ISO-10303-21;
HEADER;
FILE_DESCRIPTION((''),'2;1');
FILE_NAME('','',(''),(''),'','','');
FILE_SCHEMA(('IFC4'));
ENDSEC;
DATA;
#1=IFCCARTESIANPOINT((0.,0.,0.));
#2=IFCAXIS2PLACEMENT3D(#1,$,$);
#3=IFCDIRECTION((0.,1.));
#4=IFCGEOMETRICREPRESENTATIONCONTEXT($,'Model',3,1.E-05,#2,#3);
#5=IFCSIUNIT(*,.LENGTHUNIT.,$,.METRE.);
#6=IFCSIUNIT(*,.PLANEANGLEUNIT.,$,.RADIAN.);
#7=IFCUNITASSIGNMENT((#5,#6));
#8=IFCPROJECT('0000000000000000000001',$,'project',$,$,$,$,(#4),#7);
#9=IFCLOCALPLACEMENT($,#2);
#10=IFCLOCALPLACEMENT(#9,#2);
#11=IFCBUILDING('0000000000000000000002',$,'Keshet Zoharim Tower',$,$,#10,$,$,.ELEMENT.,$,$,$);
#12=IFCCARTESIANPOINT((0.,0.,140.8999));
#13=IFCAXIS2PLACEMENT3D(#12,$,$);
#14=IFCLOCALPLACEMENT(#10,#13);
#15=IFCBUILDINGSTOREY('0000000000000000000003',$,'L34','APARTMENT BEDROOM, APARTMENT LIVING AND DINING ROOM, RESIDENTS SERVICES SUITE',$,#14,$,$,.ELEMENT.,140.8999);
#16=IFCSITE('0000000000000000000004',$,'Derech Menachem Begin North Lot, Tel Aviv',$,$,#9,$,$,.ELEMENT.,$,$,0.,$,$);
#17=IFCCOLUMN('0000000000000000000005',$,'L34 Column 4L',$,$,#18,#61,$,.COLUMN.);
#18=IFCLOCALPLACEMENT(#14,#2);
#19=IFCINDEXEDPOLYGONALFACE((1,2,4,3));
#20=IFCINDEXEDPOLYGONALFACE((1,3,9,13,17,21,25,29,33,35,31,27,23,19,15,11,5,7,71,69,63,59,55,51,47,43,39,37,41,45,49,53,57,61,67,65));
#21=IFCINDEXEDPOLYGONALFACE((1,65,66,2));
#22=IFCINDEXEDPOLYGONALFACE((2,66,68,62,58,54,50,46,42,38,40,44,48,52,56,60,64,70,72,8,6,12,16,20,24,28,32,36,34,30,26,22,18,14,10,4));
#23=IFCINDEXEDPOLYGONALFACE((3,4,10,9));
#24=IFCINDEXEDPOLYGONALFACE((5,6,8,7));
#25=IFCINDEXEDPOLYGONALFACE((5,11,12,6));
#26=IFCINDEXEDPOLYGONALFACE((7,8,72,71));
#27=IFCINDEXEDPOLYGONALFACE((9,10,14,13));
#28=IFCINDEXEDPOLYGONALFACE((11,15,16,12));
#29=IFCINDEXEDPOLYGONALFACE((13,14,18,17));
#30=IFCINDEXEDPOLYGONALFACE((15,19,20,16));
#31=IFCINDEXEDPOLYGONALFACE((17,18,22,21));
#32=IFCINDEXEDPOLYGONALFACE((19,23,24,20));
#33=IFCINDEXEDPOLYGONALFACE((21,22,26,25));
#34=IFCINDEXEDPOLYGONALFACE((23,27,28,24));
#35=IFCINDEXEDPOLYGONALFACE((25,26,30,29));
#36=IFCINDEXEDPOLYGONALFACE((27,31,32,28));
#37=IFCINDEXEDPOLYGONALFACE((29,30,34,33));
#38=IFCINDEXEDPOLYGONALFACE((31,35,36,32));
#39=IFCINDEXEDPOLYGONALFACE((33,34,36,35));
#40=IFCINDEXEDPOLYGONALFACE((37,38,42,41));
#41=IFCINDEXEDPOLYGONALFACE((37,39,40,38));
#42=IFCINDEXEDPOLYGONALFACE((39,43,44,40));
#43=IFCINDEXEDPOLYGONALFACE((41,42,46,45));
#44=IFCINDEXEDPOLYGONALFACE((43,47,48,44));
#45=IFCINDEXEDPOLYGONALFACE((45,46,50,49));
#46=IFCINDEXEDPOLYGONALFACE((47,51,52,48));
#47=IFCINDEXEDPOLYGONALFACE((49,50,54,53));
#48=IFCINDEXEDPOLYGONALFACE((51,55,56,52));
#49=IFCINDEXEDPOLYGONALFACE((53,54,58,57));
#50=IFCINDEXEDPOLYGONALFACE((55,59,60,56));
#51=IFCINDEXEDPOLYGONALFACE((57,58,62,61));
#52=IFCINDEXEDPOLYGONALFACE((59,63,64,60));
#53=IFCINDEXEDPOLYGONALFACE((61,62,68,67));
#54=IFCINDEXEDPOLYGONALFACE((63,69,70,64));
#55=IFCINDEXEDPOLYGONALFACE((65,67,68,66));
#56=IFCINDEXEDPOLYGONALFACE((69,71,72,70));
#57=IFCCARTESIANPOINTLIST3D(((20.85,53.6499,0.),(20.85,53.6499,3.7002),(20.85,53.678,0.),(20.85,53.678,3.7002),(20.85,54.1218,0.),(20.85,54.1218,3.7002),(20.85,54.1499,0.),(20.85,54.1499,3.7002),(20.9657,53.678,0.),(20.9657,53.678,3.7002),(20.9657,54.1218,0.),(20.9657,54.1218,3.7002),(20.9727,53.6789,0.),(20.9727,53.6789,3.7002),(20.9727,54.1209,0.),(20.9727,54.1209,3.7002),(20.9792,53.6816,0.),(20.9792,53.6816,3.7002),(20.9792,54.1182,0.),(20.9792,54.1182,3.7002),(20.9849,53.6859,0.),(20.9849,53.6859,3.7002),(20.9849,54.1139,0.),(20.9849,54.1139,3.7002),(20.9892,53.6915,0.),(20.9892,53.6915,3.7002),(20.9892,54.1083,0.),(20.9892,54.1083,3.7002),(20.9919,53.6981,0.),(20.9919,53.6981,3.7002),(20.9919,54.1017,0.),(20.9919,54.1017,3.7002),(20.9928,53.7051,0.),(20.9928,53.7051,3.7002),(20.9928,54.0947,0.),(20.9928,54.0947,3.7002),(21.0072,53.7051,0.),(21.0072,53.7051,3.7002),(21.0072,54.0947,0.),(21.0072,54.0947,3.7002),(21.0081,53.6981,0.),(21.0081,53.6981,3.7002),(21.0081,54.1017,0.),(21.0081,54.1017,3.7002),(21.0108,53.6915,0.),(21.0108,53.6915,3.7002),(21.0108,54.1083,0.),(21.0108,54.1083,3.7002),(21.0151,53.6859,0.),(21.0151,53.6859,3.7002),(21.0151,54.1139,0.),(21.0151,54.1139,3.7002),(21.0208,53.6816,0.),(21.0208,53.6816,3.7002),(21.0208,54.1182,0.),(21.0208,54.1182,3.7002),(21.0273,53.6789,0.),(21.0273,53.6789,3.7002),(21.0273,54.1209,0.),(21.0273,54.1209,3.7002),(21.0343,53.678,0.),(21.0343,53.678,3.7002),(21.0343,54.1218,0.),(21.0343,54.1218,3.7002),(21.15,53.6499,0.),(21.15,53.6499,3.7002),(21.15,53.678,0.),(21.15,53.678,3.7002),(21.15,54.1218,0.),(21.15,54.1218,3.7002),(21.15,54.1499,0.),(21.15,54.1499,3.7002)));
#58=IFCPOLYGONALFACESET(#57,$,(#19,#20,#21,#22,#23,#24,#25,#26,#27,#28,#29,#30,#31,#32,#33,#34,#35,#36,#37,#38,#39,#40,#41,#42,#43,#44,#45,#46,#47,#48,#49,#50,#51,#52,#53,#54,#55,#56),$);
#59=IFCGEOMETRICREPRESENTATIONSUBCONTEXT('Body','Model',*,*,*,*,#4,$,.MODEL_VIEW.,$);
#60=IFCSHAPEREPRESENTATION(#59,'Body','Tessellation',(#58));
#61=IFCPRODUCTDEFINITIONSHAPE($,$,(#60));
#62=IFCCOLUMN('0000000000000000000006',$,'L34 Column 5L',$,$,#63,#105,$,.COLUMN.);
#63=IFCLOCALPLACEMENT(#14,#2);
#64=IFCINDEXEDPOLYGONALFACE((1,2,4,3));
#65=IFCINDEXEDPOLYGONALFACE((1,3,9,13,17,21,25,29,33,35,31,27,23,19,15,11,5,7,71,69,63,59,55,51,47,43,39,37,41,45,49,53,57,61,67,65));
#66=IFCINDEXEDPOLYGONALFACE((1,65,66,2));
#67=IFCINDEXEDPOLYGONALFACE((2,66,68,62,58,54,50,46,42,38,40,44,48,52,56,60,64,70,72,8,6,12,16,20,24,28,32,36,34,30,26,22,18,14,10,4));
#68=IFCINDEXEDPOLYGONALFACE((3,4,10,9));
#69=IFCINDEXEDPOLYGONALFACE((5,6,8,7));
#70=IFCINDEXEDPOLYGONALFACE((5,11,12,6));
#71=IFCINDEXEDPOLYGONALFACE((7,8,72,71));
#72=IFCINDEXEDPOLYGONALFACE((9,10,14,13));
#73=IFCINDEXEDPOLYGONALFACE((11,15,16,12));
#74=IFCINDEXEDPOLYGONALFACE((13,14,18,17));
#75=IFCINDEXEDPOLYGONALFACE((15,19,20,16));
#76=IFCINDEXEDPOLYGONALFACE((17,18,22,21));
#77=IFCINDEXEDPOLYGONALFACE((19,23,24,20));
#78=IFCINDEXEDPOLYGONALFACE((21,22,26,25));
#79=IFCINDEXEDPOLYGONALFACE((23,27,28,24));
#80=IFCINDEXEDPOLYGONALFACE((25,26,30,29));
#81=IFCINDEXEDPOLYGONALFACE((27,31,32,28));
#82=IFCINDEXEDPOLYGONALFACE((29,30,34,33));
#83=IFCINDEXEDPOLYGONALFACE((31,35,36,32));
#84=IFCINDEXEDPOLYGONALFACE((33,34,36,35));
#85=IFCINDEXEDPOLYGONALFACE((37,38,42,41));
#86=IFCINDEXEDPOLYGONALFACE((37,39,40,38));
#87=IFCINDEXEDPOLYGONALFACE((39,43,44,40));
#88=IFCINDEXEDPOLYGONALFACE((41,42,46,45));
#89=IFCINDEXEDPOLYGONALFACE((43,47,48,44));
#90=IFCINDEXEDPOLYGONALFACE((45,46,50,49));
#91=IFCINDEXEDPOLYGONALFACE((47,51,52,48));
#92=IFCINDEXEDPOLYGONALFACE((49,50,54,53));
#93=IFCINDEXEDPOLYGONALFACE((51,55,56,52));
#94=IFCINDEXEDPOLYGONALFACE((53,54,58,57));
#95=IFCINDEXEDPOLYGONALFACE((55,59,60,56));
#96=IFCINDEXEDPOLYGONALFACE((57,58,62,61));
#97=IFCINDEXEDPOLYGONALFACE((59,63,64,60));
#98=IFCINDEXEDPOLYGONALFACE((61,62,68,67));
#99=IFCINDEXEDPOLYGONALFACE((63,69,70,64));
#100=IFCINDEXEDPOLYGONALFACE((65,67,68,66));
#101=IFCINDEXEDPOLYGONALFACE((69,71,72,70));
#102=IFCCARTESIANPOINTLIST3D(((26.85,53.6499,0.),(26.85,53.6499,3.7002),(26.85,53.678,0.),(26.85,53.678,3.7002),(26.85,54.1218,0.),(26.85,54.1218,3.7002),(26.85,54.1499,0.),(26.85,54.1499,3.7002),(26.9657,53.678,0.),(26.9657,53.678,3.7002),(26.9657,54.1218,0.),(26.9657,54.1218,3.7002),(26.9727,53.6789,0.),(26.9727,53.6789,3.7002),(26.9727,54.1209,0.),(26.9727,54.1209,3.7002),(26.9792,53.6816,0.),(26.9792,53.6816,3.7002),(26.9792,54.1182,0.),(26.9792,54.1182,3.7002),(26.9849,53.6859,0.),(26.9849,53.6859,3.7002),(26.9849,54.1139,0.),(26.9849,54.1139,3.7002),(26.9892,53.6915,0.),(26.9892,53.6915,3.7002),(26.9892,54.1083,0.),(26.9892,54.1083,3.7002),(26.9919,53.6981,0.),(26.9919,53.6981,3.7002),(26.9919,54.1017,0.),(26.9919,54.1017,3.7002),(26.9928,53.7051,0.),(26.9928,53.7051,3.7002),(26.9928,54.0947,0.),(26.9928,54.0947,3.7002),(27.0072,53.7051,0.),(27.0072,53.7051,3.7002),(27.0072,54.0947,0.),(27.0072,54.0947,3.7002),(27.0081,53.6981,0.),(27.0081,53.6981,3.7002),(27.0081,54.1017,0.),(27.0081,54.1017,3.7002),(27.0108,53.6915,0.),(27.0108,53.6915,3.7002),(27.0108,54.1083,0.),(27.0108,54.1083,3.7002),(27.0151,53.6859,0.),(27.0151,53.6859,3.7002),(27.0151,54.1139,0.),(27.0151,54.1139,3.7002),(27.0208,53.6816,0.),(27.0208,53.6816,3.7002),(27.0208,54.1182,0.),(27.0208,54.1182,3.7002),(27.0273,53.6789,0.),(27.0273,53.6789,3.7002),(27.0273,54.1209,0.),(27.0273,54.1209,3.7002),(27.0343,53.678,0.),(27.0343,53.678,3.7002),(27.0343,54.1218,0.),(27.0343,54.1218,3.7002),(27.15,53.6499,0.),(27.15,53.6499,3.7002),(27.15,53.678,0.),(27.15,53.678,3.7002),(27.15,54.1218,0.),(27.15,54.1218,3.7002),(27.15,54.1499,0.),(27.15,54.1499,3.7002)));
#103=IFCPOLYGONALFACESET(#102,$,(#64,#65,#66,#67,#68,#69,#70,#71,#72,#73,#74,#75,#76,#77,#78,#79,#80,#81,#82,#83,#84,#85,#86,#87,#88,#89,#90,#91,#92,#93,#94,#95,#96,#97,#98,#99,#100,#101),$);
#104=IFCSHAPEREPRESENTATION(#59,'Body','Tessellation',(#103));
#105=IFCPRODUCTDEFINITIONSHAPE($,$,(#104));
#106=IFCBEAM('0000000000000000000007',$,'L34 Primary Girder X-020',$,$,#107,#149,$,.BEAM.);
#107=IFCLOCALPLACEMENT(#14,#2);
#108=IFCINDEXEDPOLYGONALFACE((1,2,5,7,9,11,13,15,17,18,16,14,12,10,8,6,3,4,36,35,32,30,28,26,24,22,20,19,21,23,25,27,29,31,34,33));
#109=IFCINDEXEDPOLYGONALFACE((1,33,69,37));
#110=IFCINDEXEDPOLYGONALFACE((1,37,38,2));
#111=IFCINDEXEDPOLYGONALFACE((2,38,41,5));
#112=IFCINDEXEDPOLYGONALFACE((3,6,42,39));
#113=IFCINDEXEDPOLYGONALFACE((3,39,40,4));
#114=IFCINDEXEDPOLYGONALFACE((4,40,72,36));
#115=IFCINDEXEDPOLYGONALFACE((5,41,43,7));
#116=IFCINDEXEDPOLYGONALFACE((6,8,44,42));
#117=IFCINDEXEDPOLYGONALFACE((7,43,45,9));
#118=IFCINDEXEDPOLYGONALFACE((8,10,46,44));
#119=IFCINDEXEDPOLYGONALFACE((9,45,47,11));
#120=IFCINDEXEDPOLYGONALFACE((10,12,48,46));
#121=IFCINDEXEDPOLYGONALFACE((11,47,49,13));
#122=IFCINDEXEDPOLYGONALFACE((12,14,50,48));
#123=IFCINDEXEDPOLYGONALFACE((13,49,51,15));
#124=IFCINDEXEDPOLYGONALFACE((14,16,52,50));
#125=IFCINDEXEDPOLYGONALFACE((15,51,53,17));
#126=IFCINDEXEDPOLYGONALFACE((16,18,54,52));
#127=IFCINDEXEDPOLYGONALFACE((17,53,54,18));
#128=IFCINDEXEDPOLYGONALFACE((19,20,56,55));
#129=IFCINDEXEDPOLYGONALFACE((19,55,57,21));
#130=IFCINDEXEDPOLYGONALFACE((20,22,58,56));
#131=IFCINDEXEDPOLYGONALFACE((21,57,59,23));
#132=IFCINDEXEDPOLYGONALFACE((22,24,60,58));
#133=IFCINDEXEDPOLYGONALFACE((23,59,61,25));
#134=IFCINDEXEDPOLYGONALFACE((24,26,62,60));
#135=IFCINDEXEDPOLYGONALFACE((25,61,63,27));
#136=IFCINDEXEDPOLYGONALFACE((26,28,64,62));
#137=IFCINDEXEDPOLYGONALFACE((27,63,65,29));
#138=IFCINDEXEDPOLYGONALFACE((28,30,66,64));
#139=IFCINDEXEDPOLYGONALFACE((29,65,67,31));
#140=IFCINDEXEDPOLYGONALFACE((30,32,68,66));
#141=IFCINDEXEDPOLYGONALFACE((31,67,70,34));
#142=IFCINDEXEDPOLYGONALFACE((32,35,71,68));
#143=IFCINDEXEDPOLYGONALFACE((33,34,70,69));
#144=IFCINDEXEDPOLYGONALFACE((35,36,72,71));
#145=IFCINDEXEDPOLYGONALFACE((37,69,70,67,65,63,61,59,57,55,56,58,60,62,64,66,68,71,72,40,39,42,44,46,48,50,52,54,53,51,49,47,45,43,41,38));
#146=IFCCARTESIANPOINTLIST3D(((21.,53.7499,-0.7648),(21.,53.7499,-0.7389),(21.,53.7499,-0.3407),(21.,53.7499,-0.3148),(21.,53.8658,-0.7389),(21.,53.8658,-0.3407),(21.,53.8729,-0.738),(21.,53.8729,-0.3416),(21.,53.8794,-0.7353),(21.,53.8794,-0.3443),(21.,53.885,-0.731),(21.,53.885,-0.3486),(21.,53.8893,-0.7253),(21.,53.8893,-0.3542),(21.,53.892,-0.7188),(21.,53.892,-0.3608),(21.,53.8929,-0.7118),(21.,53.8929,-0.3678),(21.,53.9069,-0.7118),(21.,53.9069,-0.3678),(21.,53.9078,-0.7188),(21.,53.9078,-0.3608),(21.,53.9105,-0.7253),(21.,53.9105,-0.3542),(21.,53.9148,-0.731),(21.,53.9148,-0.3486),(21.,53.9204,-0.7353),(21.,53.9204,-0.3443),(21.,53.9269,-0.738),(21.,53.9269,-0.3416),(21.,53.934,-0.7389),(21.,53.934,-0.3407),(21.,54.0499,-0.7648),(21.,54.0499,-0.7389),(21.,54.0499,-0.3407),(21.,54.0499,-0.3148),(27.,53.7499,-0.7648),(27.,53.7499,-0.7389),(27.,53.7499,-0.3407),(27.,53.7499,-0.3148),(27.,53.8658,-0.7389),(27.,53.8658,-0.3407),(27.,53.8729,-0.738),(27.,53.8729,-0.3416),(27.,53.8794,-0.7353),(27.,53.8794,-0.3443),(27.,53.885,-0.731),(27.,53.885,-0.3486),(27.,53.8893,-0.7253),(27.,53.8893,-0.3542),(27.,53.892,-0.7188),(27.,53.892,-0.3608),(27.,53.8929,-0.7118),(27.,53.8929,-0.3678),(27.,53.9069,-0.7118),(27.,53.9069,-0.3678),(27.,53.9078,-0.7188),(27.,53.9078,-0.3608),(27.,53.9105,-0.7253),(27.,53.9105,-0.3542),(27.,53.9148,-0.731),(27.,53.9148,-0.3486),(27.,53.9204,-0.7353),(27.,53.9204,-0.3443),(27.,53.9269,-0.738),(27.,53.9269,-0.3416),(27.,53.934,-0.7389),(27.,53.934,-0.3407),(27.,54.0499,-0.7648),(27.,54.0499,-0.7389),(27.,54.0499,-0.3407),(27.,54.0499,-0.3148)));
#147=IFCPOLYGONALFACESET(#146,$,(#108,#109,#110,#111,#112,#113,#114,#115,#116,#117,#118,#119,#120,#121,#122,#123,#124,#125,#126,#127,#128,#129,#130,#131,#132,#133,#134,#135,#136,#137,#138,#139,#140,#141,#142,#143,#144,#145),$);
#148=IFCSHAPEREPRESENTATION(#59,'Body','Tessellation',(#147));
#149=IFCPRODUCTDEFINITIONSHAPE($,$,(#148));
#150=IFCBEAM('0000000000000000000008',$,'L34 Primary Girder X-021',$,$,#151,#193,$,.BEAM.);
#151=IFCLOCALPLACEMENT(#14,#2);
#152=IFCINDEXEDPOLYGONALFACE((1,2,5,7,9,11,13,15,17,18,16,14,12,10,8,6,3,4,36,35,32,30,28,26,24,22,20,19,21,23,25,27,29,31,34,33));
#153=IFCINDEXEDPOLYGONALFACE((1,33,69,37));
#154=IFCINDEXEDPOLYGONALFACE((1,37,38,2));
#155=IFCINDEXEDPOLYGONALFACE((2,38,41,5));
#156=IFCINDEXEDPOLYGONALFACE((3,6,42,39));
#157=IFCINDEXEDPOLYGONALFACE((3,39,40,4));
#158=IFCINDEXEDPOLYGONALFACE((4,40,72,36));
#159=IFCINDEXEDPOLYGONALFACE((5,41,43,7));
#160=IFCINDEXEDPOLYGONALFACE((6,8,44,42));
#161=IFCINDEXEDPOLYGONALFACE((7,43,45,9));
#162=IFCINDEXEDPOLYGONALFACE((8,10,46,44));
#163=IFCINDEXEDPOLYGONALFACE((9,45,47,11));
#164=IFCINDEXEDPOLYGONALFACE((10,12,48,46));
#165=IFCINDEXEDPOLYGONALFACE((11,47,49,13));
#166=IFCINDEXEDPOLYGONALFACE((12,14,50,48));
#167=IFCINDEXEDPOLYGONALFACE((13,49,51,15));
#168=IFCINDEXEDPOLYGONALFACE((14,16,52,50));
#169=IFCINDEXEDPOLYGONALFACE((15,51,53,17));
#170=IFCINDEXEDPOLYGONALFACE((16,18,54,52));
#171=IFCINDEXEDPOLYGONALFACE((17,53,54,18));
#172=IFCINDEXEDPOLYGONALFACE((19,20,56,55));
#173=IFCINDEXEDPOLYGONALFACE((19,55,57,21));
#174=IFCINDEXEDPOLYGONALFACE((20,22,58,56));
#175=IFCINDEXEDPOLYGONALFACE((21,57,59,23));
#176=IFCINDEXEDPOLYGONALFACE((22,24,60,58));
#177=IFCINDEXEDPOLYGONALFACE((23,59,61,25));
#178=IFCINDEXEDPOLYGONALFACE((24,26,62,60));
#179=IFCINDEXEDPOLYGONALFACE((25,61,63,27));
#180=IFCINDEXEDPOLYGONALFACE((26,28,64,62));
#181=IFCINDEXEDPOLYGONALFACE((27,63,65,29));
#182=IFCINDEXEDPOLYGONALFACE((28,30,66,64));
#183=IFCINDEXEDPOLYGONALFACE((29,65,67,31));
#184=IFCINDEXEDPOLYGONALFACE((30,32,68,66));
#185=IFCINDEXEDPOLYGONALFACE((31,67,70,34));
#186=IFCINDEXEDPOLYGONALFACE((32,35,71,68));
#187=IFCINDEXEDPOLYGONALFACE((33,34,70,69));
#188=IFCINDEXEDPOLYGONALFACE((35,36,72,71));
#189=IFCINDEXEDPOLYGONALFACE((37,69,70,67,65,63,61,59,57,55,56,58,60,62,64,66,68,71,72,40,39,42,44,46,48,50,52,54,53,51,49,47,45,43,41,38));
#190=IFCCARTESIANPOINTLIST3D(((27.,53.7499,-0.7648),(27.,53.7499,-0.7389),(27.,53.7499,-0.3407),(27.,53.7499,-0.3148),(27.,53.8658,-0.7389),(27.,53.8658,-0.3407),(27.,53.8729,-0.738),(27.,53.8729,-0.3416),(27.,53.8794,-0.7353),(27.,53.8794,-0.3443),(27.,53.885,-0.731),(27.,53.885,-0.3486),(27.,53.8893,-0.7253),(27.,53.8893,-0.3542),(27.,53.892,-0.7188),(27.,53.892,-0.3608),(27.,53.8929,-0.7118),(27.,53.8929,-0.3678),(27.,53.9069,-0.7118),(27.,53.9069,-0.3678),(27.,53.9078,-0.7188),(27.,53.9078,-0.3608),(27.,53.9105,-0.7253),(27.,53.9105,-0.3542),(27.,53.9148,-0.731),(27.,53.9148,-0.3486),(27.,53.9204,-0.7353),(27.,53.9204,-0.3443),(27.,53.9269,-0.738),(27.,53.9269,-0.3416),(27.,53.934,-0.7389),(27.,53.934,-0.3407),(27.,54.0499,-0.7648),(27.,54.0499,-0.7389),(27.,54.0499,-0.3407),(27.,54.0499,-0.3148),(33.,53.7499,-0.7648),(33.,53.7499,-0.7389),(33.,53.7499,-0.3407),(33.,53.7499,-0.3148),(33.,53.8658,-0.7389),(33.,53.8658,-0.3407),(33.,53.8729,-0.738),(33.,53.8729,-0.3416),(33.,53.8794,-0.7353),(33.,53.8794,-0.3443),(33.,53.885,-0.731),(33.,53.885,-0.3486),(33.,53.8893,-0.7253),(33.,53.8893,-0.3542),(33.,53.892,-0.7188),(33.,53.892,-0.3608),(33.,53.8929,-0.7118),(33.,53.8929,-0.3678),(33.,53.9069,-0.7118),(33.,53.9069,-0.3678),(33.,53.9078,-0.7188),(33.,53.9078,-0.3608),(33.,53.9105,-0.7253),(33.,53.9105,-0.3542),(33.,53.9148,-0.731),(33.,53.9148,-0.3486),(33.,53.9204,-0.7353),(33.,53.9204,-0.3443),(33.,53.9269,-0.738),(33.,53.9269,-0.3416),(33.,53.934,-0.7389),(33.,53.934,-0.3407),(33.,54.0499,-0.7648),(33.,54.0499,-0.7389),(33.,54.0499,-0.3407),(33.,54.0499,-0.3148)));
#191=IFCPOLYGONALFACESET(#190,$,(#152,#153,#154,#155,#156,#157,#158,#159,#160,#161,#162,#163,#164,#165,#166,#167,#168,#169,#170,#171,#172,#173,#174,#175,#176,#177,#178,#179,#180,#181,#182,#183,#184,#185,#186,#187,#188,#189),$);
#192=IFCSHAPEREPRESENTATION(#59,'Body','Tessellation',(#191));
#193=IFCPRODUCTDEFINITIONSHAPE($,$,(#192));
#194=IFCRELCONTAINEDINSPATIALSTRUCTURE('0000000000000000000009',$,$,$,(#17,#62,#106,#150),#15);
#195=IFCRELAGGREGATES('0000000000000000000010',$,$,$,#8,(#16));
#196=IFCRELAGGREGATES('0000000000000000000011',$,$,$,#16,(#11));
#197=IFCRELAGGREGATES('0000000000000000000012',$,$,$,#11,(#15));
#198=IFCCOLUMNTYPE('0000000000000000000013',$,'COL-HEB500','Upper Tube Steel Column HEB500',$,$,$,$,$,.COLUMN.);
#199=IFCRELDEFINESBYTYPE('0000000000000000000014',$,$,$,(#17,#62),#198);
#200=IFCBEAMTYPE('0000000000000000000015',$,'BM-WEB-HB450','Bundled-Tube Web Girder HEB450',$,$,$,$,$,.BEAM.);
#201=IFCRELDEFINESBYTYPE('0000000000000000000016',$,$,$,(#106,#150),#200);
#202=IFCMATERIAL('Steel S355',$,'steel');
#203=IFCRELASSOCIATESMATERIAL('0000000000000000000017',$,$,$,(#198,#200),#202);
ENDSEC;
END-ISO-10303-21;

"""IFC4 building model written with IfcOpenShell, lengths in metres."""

from ifc_helpers import new_model, si_unit, direction, frame, origin, origin_2d, place, context, subcontext, project, spatial, i_section, extrude, material, material_profile, profile_set, type_object, element, save


model = new_model("IFC4")

# Units and contexts
model_context = context("Model", 3, precision=1e-05, world=origin(), true_north=direction((0.0, 1.0)))
body_context = subcontext(model_context, "Body", "Model", "MODEL_VIEW")
ifc_project = project(units=[si_unit("LENGTHUNIT", "METRE"), si_unit("PLANEANGLEUNIT", "RADIAN")], contexts=[model_context])

# Site, building, storey
site_placement = place(None, origin())
site = spatial("IfcSite", under=ifc_project, at=site_placement, Name="Derech Menachem Begin North Lot, Tel Aviv", CompositionType="ELEMENT", RefElevation=0.0)
building_placement = place(site_placement, origin())
building = spatial("IfcBuilding", under=site, at=building_placement, Name="Keshet Zoharim Tower", CompositionType="ELEMENT")
storey_placement = place(building_placement, frame((0.0, 0.0, 140.8999)))
storey = spatial("IfcBuildingStorey", under=building, at=storey_placement, Name="L34", Description="APARTMENT BEDROOM, APARTMENT LIVING AND DINING ROOM, RESIDENTS SERVICES SUITE", CompositionType="ELEMENT", Elevation=140.8999)

# Columns
ifc_material_1 = material(Name="Steel S355", Category="steel")
ifc_material_profile_1 = material_profile(ifc_material_1, i_section(OverallWidth=0.3, OverallDepth=0.5, WebThickness=0.0144, FlangeThickness=0.0281, FilletRadius=0.0271, at=origin_2d()), Name="HEB500")
ifc_profile_set_1 = profile_set([ifc_material_profile_1], Name="Steel S355")
column_type = type_object("IfcColumnType", Name="COL-HEB500", Description="Upper Tube Steel Column HEB500", PredefinedType="COLUMN", material=ifc_profile_set_1)
for number, where, z_axis, x_axis, name in (
    (1, (21.0, 53.8999, 0.0), (0.0, 0.0, 1.0), (1.0, 0.0, 0.0), "L34 Column 4L"),
    (2, (27.0, 53.8999, 0.0), (0.0, 0.0, 1.0), (1.0, 0.0, 0.0), "L34 Column 5L"),
):
    element("IfcColumn", number, at=place(storey_placement, frame(where, z_axis=z_axis, x_axis=x_axis)), inside=storey, type_object=column_type, Name=name, PredefinedType="COLUMN", context=body_context, shape_type="SweptSolid", body=[
        extrude(i_section(OverallWidth=0.3, OverallDepth=0.5, WebThickness=0.0144, FlangeThickness=0.0281, FilletRadius=0.0271, at=origin_2d()), origin(), (0.0, 0.0, 1.0), 3.7002),
    ])

# Beams
ifc_material_profile_2 = material_profile(ifc_material_1, i_section(OverallWidth=0.3, OverallDepth=0.45, WebThickness=0.0139, FlangeThickness=0.0259, FilletRadius=0.0271, at=origin_2d()), Name="HEB450")
ifc_profile_set_2 = profile_set([ifc_material_profile_2], Name="Steel S355")
beam_type = type_object("IfcBeamType", Name="BM-WEB-HB450", Description="Bundled-Tube Web Girder HEB450", PredefinedType="BEAM", material=ifc_profile_set_2)
for number, where, z_axis, x_axis, name in (
    (3, (21.0, 53.8999, -0.5398), (1.0, 0.0, 0.0), (0.0, 1.0, 0.0), "L34 Primary Girder X-020"),
    (4, (27.0, 53.8999, -0.5398), (1.0, 0.0, 0.0), (0.0, 1.0, 0.0), "L34 Primary Girder X-021"),
):
    element("IfcBeam", number, at=place(storey_placement, frame(where, z_axis=z_axis, x_axis=x_axis)), inside=storey, type_object=beam_type, Name=name, PredefinedType="BEAM", context=body_context, shape_type="SweptSolid", body=[
        extrude(i_section(OverallWidth=0.3, OverallDepth=0.45, WebThickness=0.0139, FlangeThickness=0.0259, FilletRadius=0.0271, at=origin_2d()), origin(), (0.0, 0.0, 1.0), 6.0),
    ])

save(model, "model.ifc")
